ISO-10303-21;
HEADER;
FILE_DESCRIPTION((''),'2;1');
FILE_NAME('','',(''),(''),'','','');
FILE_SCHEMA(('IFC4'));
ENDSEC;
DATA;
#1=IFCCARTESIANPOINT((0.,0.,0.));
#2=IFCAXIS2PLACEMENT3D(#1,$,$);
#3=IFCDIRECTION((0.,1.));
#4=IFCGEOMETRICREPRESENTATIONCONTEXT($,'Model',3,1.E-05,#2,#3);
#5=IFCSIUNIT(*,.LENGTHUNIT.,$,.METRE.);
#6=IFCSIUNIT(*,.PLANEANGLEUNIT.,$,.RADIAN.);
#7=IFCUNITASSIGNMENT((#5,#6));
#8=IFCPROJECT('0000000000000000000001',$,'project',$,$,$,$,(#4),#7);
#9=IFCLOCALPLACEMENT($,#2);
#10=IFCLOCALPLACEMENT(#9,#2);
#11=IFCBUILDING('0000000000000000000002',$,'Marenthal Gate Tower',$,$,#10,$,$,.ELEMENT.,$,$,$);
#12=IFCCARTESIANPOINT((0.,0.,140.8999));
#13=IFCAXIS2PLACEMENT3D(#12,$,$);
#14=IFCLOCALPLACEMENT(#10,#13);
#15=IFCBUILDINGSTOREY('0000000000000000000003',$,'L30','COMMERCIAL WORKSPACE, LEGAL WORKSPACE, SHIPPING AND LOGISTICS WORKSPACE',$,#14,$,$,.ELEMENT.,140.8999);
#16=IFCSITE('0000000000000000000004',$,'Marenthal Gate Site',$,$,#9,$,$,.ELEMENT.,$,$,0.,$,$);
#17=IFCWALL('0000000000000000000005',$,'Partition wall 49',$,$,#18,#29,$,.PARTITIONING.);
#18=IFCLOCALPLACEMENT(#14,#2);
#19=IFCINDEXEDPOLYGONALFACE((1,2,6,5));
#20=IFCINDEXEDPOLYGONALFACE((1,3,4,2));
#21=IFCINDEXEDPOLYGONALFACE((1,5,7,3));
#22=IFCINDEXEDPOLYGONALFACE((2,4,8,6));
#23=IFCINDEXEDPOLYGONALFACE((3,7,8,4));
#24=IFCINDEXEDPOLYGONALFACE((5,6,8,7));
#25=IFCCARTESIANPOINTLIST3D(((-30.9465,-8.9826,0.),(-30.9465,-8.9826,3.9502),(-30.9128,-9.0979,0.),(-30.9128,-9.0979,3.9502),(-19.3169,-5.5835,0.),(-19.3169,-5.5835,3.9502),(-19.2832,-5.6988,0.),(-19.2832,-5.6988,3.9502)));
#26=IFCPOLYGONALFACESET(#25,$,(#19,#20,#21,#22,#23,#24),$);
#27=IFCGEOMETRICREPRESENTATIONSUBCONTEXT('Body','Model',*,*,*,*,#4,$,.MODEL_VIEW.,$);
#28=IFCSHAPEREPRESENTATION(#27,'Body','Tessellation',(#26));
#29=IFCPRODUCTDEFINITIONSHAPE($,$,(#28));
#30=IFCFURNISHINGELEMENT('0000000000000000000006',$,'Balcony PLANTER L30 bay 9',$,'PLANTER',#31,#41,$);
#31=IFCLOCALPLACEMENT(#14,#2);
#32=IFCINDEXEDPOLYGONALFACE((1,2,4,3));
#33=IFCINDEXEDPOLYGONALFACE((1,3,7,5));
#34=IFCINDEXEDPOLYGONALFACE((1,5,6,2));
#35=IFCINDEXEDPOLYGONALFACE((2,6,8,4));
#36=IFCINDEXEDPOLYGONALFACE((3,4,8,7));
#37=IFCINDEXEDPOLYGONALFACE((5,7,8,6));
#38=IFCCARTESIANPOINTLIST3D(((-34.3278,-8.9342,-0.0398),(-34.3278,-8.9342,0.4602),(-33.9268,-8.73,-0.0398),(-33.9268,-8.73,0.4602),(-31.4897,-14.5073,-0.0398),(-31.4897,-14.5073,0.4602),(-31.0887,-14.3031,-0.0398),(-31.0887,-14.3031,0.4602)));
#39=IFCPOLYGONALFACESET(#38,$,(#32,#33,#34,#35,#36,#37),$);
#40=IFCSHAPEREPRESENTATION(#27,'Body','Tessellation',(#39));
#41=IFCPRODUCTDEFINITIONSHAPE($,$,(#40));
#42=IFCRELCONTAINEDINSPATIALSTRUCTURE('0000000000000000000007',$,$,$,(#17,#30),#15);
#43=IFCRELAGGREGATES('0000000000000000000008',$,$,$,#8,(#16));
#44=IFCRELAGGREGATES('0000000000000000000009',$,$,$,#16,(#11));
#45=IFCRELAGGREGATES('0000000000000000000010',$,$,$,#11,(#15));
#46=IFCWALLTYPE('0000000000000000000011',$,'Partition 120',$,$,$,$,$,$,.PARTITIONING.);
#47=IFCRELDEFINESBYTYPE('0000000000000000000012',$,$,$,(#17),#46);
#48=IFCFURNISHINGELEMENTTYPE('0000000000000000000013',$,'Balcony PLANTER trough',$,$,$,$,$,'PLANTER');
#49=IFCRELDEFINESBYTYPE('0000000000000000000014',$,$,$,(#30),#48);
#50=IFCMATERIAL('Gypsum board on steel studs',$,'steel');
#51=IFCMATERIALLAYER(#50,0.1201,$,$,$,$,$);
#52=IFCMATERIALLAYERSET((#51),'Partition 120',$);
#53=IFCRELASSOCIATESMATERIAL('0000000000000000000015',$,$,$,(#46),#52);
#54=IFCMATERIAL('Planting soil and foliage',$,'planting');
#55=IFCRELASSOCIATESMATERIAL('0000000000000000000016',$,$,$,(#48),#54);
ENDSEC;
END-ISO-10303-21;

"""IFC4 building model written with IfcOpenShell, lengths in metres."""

from ifc_helpers import new_model, si_unit, direction, frame, frame_2d, origin, origin_2d, place, context, subcontext, project, spatial, rectangle, extrude, material, layer, layer_set, type_object, element, save


model = new_model("IFC4")

# Units and contexts
model_context = context("Model", 3, precision=1e-05, world=origin(), true_north=direction((0.0, 1.0)))
body_context = subcontext(model_context, "Body", "Model", "MODEL_VIEW")
ifc_project = project(units=[si_unit("LENGTHUNIT", "METRE"), si_unit("PLANEANGLEUNIT", "RADIAN")], contexts=[model_context])

# Site, building, storey
site_placement = place(None, origin())
site = spatial("IfcSite", under=ifc_project, at=site_placement, Name="Marenthal Gate Site", CompositionType="ELEMENT", RefElevation=0.0)
building_placement = place(site_placement, origin())
building = spatial("IfcBuilding", under=site, at=building_placement, Name="Marenthal Gate Tower", CompositionType="ELEMENT")
storey_placement = place(building_placement, frame((0.0, 0.0, 140.8999)))
storey = spatial("IfcBuildingStorey", under=building, at=storey_placement, Name="L30", Description="COMMERCIAL WORKSPACE, LEGAL WORKSPACE, SHIPPING AND LOGISTICS WORKSPACE", CompositionType="ELEMENT", Elevation=140.8999)

# Wall
ifc_material_1 = material(Name="Gypsum board on steel studs", Category="steel")
ifc_layer_1 = layer(ifc_material_1, 0.1201)
ifc_layer_set_1 = layer_set([ifc_layer_1], Name="Partition 120")
wall_type_1 = type_object("IfcWallType", Name="Partition 120", PredefinedType="PARTITIONING", material=ifc_layer_set_1)
wall_1_placement = place(storey_placement, frame((-19.3, -5.6411, 0.0), z_axis=(0.0, 0.0, 1.0), x_axis=(-0.95984, -0.280547, 0.0)))
element("IfcWall", 1, at=wall_1_placement, inside=storey, type_object=wall_type_1, Name="Partition wall 49", PredefinedType="PARTITIONING", context=body_context, shape_type="SweptSolid", body=[
    extrude(rectangle(XDim=12.1162, YDim=0.1201, at=frame_2d((6.0581, 0.0))), origin(), (0.0, 0.0, 1.0), 3.9502),
])

# Furnishing element
ifc_material_2 = material(Name="Planting soil and foliage", Category="planting")
furnishing_element_type = type_object("IfcFurnishingElementType", Name="Balcony PLANTER trough", ElementType="PLANTER", material=ifc_material_2)
furnishing_placement = place(storey_placement, frame((-32.7083, -11.6187, -0.0398), z_axis=(0.0, 0.0, 1.0), x_axis=(0.453791, -0.891108, 0.0)))
element("IfcFurnishingElement", 2, at=furnishing_placement, inside=storey, type_object=furnishing_element_type, Name="Balcony PLANTER L30 bay 9", ObjectType="PLANTER", context=body_context, shape_type="SweptSolid", body=[
    extrude(rectangle(XDim=6.2542, YDim=0.45, at=origin_2d()), origin(), (0.0, 0.0, 1.0), 0.5),
])

save(model, "model.ifc")
